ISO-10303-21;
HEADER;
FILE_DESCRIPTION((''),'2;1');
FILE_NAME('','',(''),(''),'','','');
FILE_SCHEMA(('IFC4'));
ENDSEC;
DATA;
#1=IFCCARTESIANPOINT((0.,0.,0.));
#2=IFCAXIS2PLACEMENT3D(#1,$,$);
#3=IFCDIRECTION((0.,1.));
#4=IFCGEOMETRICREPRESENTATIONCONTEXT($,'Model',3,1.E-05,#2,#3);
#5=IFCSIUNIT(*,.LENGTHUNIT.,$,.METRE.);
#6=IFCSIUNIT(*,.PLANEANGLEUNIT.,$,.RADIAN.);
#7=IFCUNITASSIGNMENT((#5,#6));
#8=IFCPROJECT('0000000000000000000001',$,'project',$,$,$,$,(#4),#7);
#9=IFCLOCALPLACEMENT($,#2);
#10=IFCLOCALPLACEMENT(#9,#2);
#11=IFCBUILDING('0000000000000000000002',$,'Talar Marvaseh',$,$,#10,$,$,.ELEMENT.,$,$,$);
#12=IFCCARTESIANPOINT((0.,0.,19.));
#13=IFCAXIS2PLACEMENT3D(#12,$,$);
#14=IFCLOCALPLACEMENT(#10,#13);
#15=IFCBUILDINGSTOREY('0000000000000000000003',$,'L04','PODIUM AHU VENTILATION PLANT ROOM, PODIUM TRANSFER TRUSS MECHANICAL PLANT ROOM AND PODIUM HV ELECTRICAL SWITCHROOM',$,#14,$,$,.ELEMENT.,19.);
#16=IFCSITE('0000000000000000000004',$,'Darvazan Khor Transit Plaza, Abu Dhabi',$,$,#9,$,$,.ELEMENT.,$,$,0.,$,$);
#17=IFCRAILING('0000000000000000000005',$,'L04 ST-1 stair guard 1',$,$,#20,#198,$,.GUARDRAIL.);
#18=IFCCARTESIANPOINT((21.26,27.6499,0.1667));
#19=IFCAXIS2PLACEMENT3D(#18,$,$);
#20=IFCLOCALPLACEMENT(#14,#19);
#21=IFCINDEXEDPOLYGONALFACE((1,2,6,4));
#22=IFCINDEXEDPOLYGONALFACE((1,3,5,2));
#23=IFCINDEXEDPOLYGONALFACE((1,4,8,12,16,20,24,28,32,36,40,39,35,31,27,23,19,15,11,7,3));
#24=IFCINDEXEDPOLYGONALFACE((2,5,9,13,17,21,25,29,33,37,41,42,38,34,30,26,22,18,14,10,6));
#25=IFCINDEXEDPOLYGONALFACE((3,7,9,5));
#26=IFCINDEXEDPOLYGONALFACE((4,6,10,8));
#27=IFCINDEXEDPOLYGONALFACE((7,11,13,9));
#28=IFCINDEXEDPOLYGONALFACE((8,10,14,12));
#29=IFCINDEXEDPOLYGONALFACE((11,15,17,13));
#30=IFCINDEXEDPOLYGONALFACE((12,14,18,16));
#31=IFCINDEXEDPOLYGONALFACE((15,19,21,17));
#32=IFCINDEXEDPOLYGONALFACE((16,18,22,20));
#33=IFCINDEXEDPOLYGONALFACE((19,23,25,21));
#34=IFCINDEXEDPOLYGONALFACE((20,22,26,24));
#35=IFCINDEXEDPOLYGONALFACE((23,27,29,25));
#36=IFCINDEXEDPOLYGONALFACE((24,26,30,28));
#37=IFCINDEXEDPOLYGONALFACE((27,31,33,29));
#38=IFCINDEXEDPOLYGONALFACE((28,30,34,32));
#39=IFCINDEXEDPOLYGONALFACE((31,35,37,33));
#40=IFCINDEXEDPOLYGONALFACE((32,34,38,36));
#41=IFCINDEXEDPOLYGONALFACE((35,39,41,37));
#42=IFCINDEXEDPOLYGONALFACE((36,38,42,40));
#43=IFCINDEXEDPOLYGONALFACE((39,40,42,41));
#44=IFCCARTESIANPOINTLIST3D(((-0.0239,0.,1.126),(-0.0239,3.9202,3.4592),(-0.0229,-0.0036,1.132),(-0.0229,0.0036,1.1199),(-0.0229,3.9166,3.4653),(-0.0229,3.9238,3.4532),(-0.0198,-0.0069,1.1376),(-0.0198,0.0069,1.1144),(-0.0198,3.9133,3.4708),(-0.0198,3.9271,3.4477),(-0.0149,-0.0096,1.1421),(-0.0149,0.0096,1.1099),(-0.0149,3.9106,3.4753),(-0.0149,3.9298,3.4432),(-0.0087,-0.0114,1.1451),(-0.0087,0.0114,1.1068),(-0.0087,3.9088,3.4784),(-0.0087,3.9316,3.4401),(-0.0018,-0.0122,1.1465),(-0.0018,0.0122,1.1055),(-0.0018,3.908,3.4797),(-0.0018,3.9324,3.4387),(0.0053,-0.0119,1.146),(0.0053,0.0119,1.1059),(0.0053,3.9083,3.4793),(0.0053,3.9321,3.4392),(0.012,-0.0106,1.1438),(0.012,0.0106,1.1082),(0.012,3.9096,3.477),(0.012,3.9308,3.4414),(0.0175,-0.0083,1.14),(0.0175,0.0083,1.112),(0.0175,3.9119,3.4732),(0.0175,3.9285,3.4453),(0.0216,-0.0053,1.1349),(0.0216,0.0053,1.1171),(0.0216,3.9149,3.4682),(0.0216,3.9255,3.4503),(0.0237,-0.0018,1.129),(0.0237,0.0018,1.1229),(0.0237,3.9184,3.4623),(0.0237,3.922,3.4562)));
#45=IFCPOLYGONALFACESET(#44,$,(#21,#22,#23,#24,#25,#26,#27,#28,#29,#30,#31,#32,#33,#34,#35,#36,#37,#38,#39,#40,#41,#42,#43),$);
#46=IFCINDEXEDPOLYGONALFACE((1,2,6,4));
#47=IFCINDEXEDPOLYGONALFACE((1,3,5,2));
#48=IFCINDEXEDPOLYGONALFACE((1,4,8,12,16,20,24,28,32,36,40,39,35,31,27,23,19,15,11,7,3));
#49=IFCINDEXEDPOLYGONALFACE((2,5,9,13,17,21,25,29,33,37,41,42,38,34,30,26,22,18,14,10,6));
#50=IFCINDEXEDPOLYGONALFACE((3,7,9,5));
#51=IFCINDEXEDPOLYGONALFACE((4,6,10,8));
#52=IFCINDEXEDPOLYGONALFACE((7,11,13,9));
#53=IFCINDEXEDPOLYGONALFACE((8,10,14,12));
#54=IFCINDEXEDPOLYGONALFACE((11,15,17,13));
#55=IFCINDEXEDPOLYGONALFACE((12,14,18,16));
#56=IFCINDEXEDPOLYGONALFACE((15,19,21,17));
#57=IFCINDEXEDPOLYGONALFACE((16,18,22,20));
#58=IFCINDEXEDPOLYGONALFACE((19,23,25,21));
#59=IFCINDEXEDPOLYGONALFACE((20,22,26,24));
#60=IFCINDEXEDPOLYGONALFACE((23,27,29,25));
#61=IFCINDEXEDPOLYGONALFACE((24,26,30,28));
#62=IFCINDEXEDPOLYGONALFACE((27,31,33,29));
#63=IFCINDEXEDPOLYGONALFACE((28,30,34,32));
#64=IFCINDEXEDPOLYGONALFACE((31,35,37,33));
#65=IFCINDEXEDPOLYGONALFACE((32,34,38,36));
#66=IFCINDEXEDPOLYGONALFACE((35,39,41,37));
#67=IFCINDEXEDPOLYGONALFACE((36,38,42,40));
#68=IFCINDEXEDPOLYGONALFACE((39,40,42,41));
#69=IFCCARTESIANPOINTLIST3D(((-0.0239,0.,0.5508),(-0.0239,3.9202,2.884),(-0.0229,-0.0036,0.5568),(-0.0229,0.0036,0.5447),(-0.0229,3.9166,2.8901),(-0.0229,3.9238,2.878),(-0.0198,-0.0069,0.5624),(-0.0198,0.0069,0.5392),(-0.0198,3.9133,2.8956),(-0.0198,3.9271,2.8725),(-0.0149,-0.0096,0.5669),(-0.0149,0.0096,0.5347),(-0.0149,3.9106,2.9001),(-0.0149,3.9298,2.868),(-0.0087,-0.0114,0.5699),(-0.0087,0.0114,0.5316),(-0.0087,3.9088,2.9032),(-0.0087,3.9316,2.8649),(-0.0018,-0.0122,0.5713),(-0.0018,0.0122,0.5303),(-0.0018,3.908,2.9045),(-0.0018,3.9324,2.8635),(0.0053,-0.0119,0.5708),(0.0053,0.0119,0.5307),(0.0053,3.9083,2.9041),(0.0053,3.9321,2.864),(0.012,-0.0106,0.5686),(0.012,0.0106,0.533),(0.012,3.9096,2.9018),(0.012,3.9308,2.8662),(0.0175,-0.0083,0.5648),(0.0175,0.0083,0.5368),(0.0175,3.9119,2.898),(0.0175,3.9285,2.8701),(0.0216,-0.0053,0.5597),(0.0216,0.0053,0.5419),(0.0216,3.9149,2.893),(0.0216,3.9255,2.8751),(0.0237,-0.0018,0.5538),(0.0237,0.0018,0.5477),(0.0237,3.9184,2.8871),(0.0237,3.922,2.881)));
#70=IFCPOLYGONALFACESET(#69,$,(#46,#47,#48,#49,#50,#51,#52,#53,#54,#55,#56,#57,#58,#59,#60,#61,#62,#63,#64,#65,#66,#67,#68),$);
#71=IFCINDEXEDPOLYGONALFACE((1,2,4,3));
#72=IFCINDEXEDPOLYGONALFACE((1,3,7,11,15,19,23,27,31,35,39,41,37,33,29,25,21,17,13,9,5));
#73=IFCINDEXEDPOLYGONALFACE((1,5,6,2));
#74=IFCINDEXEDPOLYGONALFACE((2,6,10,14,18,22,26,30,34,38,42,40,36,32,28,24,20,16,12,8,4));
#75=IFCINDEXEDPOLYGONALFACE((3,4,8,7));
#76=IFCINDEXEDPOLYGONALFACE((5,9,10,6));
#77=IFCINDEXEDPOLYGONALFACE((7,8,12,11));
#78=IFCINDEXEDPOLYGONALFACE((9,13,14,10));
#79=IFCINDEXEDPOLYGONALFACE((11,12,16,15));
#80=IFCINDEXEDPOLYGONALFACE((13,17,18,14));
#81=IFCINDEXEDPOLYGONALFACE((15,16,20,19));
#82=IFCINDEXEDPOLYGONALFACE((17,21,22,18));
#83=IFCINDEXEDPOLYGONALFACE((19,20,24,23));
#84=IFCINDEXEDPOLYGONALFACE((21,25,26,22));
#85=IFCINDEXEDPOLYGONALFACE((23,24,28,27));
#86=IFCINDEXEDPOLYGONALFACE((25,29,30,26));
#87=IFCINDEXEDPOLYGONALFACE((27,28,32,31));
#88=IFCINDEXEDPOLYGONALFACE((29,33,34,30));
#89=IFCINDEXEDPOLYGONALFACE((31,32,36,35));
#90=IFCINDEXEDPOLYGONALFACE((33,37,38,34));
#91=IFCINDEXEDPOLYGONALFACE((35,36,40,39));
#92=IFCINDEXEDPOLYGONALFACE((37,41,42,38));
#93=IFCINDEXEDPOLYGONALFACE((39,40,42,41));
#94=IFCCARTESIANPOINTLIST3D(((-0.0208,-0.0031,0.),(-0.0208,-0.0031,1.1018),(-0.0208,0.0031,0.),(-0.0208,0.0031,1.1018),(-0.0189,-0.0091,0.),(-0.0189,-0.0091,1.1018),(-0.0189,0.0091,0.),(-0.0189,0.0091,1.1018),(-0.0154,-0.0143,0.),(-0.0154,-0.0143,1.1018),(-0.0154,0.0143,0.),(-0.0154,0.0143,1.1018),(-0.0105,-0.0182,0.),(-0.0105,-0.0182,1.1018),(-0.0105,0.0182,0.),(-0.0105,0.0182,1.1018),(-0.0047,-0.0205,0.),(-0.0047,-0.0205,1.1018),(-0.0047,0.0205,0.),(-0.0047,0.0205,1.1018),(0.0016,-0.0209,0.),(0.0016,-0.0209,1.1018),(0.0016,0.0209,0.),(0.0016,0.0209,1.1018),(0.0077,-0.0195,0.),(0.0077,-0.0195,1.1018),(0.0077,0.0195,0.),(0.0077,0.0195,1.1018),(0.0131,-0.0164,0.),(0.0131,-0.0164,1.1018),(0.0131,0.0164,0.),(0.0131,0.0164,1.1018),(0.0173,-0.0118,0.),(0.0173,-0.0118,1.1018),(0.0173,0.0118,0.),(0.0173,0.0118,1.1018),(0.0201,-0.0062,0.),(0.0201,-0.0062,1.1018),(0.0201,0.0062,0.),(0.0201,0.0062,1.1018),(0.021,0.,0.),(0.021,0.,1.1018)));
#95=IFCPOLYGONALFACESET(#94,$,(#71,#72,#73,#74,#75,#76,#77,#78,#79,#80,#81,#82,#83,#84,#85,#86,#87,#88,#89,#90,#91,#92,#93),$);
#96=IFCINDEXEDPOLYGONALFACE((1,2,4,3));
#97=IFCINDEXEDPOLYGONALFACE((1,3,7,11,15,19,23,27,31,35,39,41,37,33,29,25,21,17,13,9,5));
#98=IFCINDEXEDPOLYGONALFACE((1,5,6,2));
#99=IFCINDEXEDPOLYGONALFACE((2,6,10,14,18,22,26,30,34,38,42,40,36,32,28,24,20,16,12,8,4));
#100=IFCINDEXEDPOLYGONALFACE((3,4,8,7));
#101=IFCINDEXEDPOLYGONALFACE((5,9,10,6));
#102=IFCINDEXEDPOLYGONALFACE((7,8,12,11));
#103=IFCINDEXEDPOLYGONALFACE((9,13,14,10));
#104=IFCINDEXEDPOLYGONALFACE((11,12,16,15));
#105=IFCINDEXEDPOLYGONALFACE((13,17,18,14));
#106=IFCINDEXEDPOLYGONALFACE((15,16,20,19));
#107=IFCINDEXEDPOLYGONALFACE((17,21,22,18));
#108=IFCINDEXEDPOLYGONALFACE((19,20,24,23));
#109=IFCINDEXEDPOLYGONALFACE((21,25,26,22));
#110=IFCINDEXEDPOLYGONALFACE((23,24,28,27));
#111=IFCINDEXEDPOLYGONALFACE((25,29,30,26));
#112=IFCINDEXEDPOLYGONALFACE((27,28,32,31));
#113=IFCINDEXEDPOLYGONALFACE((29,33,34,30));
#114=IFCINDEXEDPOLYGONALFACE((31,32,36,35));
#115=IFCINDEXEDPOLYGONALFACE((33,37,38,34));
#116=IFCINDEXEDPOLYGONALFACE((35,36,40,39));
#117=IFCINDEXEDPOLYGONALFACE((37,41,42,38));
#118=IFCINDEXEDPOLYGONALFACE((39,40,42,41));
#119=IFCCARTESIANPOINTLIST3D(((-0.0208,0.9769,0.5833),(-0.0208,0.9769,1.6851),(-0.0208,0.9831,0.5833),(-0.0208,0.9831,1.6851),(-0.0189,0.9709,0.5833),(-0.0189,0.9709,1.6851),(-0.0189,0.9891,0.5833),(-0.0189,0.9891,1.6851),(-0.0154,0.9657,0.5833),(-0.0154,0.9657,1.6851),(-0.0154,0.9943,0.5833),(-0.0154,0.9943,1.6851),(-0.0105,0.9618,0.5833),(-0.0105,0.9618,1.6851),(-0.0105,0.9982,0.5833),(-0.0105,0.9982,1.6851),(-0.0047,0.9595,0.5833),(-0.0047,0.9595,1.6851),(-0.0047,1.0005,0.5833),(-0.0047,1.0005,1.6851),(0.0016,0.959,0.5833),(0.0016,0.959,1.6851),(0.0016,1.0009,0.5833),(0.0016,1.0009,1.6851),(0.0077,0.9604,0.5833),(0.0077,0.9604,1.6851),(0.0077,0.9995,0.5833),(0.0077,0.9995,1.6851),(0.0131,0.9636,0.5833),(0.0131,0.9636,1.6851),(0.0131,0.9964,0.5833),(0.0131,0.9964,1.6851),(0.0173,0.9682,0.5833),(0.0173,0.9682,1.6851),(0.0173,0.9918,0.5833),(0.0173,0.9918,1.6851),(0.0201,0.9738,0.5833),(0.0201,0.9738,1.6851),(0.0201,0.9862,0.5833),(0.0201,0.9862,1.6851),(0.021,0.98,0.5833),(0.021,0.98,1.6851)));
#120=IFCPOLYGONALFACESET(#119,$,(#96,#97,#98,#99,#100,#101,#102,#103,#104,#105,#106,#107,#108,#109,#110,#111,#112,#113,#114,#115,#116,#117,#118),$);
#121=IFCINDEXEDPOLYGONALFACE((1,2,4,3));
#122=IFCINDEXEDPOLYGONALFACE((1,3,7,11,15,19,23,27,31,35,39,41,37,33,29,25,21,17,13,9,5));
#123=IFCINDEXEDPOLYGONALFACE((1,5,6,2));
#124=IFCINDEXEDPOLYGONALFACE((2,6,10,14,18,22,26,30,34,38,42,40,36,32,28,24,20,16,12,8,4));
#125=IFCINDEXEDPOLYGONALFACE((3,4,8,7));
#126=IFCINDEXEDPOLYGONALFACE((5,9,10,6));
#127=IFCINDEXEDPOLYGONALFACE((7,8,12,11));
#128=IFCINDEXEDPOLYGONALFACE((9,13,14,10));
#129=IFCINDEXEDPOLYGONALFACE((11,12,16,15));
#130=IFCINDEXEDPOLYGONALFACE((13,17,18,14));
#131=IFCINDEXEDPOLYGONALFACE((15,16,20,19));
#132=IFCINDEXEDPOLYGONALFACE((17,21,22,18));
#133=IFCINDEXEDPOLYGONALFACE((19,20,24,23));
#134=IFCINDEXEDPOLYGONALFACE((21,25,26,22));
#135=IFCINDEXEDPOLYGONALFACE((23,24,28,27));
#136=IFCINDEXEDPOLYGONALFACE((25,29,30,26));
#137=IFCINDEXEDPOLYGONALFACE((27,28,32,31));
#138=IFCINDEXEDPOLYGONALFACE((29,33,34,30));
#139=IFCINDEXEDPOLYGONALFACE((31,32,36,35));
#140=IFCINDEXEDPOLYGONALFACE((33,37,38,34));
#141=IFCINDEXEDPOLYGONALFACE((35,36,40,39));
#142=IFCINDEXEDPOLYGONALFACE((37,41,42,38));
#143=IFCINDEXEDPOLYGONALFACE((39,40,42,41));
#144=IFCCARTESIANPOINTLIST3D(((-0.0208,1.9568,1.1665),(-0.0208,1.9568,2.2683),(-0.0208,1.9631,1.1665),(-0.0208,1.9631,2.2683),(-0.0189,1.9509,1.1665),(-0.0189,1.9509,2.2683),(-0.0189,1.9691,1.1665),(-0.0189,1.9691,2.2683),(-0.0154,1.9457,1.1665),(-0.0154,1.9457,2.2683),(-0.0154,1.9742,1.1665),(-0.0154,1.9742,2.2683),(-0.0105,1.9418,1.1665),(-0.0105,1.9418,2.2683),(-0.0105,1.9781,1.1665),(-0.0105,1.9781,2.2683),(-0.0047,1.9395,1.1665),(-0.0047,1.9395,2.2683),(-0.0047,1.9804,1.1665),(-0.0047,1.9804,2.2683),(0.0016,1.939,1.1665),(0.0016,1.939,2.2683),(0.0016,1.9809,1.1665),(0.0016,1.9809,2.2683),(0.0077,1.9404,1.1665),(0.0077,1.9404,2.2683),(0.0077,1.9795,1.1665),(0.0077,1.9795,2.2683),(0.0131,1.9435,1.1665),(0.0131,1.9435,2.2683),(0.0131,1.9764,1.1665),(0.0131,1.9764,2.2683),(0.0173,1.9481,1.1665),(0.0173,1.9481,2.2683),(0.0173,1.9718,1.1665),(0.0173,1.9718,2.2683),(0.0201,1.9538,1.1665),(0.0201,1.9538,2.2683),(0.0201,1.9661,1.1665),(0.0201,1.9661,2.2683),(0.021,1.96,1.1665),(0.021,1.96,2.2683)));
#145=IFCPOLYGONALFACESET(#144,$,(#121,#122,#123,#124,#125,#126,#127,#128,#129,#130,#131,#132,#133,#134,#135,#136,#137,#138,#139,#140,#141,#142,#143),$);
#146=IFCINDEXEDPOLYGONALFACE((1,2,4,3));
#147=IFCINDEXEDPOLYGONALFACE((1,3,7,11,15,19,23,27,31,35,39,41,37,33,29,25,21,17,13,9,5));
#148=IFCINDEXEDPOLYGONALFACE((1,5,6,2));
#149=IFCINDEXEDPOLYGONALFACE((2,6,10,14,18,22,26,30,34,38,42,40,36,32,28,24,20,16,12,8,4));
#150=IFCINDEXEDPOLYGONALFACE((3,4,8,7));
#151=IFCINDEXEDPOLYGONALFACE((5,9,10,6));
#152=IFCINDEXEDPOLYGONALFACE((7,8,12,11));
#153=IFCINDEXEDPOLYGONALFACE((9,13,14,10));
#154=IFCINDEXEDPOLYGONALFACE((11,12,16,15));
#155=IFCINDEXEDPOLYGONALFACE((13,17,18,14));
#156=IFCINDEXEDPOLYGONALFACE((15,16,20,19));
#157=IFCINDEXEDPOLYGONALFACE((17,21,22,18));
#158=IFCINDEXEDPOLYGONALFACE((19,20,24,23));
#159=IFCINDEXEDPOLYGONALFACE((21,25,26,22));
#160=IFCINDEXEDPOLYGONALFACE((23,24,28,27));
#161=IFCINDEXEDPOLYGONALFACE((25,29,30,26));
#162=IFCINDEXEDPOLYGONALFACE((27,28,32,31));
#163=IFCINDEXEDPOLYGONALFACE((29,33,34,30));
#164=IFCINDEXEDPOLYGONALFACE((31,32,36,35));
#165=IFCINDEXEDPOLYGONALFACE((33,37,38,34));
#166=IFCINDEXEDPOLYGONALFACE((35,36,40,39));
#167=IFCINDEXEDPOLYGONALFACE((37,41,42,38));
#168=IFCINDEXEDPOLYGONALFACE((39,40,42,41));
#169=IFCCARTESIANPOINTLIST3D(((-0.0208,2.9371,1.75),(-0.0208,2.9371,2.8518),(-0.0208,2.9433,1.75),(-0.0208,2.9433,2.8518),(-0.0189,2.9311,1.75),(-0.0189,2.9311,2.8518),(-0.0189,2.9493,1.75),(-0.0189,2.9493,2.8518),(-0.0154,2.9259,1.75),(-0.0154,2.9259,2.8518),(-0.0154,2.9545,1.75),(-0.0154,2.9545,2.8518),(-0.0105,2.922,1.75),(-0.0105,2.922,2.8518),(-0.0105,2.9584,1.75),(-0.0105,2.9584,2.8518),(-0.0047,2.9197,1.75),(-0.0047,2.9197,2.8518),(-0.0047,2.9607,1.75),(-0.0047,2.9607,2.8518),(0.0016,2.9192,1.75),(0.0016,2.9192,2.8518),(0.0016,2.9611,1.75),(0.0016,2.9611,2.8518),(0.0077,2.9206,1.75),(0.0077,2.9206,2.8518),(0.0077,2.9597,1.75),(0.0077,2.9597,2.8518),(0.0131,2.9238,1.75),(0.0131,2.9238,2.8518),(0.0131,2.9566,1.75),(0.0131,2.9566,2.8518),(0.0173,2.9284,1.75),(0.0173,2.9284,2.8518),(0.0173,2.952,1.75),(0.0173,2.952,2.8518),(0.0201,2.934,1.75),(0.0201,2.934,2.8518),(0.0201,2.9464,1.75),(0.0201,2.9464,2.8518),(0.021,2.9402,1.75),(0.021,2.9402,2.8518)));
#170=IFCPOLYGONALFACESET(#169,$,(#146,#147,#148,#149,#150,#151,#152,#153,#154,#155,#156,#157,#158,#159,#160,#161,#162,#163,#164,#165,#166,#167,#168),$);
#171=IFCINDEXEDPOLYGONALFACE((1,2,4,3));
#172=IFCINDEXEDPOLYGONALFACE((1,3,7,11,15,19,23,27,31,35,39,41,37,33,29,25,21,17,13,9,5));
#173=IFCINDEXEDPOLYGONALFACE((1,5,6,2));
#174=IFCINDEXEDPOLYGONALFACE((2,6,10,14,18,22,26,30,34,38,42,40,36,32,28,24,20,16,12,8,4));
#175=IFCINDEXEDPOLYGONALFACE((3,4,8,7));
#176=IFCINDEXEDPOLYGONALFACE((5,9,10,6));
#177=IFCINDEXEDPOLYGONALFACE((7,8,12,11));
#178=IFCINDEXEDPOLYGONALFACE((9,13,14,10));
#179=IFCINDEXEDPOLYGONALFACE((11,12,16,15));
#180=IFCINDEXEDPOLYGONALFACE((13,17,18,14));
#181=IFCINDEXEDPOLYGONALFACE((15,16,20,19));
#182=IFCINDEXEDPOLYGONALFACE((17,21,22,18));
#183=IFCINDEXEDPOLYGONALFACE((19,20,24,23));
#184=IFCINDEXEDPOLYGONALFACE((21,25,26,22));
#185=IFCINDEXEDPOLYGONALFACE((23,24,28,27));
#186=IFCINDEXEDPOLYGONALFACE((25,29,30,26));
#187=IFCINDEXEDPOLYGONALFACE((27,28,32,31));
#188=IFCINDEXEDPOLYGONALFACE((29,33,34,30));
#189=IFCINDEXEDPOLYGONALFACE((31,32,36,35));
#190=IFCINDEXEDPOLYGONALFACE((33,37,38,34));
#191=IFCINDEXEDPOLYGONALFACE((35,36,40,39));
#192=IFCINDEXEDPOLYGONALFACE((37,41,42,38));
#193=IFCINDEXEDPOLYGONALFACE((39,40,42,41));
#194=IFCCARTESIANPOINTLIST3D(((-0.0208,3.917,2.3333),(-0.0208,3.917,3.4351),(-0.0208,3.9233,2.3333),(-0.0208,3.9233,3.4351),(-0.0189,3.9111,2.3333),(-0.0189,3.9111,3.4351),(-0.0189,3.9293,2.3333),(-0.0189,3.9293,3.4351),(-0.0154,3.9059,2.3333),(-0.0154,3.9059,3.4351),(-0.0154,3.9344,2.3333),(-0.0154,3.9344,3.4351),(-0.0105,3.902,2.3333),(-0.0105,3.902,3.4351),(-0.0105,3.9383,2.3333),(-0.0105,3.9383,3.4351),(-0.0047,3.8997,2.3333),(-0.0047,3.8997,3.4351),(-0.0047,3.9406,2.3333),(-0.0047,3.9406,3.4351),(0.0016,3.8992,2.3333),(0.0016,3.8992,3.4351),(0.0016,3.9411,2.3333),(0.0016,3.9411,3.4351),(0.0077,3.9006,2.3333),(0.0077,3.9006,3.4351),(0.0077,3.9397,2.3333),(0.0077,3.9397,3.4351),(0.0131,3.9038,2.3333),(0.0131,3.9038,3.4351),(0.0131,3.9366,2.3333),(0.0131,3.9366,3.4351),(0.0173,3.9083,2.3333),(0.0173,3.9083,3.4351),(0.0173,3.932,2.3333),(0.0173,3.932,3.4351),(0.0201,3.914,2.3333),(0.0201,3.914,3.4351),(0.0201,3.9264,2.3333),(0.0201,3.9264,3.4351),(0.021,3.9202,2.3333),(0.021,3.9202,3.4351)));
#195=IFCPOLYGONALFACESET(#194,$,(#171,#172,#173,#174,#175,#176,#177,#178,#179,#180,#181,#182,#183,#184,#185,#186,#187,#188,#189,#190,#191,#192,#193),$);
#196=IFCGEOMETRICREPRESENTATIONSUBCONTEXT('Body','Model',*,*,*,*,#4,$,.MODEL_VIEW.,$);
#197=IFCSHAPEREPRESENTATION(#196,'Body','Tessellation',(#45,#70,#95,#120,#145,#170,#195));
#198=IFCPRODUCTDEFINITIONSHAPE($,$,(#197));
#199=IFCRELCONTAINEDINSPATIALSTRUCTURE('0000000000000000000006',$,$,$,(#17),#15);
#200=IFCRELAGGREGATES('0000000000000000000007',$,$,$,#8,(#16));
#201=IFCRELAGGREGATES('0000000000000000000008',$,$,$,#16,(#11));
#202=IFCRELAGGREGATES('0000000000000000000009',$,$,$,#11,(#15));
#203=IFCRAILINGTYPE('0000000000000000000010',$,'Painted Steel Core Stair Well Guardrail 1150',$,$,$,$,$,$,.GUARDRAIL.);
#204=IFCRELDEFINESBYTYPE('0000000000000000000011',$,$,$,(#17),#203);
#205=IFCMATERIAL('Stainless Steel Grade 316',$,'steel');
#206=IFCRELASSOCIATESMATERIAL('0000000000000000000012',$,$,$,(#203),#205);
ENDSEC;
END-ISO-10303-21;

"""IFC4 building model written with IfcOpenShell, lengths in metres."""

from ifc_helpers import new_model, si_unit, direction, frame, origin, origin_2d, place, context, subcontext, project, spatial, circle, extrude, material, type_object, element, save


model = new_model("IFC4")

# Units and contexts
model_context = context("Model", 3, precision=1e-05, world=origin(), true_north=direction((0.0, 1.0)))
body_context = subcontext(model_context, "Body", "Model", "MODEL_VIEW")
ifc_project = project(units=[si_unit("LENGTHUNIT", "METRE"), si_unit("PLANEANGLEUNIT", "RADIAN")], contexts=[model_context])

# Site, building, storey
site_placement = place(None, origin())
site = spatial("IfcSite", under=ifc_project, at=site_placement, Name="Darvazan Khor Transit Plaza, Abu Dhabi", CompositionType="ELEMENT", RefElevation=0.0)
building_placement = place(site_placement, origin())
building = spatial("IfcBuilding", under=site, at=building_placement, Name="Talar Marvaseh", CompositionType="ELEMENT")
storey_placement = place(building_placement, frame((0.0, 0.0, 19.0)))
storey = spatial("IfcBuildingStorey", under=building, at=storey_placement, Name="L04", Description="PODIUM AHU VENTILATION PLANT ROOM, PODIUM TRANSFER TRUSS MECHANICAL PLANT ROOM AND PODIUM HV ELECTRICAL SWITCHROOM", CompositionType="ELEMENT", Elevation=19.0)

# Shared definitions
ifc_material_1 = material(Name="Stainless Steel Grade 316", Category="steel")

# Railing
railing_type_1 = type_object("IfcRailingType", Name="Painted Steel Core Stair Well Guardrail 1150", PredefinedType="GUARDRAIL", material=ifc_material_1)
railing_1_placement = place(storey_placement, frame((21.26, 27.6499, 0.1667)))
element("IfcRailing", 1, at=railing_1_placement, inside=storey, type_object=railing_type_1, Name="L04 ST-1 stair guard 1", PredefinedType="GUARDRAIL", context=body_context, shape_type="SweptSolid", body=[
    extrude(circle(Radius=0.0239, at=origin_2d()), frame((0.0, 0.0, 1.126), z_axis=(0.0, 0.85931, 0.511455), x_axis=(-1.0, 0.0, 0.0)), (0.0, 0.0, 1.0), 4.562),
    extrude(circle(Radius=0.0239, at=origin_2d()), frame((0.0, 0.0, 0.5508), z_axis=(0.0, 0.85931, 0.511455), x_axis=(-1.0, 0.0, 0.0)), (0.0, 0.0, 1.0), 4.562),
    extrude(circle(Radius=0.021, at=origin_2d()), origin(), (0.0, 0.0, 1.0), 1.1018),
    extrude(circle(Radius=0.021, at=origin_2d()), frame((0.0, 0.98, 0.5833)), (0.0, 0.0, 1.0), 1.1018),
    extrude(circle(Radius=0.021, at=origin_2d()), frame((0.0, 1.96, 1.1665)), (0.0, 0.0, 1.0), 1.1018),
    extrude(circle(Radius=0.021, at=origin_2d()), frame((0.0, 2.9402, 1.75)), (0.0, 0.0, 1.0), 1.1018),
    extrude(circle(Radius=0.021, at=origin_2d()), frame((0.0, 3.9202, 2.3333)), (0.0, 0.0, 1.0), 1.1018),
])

save(model, "model.ifc")
